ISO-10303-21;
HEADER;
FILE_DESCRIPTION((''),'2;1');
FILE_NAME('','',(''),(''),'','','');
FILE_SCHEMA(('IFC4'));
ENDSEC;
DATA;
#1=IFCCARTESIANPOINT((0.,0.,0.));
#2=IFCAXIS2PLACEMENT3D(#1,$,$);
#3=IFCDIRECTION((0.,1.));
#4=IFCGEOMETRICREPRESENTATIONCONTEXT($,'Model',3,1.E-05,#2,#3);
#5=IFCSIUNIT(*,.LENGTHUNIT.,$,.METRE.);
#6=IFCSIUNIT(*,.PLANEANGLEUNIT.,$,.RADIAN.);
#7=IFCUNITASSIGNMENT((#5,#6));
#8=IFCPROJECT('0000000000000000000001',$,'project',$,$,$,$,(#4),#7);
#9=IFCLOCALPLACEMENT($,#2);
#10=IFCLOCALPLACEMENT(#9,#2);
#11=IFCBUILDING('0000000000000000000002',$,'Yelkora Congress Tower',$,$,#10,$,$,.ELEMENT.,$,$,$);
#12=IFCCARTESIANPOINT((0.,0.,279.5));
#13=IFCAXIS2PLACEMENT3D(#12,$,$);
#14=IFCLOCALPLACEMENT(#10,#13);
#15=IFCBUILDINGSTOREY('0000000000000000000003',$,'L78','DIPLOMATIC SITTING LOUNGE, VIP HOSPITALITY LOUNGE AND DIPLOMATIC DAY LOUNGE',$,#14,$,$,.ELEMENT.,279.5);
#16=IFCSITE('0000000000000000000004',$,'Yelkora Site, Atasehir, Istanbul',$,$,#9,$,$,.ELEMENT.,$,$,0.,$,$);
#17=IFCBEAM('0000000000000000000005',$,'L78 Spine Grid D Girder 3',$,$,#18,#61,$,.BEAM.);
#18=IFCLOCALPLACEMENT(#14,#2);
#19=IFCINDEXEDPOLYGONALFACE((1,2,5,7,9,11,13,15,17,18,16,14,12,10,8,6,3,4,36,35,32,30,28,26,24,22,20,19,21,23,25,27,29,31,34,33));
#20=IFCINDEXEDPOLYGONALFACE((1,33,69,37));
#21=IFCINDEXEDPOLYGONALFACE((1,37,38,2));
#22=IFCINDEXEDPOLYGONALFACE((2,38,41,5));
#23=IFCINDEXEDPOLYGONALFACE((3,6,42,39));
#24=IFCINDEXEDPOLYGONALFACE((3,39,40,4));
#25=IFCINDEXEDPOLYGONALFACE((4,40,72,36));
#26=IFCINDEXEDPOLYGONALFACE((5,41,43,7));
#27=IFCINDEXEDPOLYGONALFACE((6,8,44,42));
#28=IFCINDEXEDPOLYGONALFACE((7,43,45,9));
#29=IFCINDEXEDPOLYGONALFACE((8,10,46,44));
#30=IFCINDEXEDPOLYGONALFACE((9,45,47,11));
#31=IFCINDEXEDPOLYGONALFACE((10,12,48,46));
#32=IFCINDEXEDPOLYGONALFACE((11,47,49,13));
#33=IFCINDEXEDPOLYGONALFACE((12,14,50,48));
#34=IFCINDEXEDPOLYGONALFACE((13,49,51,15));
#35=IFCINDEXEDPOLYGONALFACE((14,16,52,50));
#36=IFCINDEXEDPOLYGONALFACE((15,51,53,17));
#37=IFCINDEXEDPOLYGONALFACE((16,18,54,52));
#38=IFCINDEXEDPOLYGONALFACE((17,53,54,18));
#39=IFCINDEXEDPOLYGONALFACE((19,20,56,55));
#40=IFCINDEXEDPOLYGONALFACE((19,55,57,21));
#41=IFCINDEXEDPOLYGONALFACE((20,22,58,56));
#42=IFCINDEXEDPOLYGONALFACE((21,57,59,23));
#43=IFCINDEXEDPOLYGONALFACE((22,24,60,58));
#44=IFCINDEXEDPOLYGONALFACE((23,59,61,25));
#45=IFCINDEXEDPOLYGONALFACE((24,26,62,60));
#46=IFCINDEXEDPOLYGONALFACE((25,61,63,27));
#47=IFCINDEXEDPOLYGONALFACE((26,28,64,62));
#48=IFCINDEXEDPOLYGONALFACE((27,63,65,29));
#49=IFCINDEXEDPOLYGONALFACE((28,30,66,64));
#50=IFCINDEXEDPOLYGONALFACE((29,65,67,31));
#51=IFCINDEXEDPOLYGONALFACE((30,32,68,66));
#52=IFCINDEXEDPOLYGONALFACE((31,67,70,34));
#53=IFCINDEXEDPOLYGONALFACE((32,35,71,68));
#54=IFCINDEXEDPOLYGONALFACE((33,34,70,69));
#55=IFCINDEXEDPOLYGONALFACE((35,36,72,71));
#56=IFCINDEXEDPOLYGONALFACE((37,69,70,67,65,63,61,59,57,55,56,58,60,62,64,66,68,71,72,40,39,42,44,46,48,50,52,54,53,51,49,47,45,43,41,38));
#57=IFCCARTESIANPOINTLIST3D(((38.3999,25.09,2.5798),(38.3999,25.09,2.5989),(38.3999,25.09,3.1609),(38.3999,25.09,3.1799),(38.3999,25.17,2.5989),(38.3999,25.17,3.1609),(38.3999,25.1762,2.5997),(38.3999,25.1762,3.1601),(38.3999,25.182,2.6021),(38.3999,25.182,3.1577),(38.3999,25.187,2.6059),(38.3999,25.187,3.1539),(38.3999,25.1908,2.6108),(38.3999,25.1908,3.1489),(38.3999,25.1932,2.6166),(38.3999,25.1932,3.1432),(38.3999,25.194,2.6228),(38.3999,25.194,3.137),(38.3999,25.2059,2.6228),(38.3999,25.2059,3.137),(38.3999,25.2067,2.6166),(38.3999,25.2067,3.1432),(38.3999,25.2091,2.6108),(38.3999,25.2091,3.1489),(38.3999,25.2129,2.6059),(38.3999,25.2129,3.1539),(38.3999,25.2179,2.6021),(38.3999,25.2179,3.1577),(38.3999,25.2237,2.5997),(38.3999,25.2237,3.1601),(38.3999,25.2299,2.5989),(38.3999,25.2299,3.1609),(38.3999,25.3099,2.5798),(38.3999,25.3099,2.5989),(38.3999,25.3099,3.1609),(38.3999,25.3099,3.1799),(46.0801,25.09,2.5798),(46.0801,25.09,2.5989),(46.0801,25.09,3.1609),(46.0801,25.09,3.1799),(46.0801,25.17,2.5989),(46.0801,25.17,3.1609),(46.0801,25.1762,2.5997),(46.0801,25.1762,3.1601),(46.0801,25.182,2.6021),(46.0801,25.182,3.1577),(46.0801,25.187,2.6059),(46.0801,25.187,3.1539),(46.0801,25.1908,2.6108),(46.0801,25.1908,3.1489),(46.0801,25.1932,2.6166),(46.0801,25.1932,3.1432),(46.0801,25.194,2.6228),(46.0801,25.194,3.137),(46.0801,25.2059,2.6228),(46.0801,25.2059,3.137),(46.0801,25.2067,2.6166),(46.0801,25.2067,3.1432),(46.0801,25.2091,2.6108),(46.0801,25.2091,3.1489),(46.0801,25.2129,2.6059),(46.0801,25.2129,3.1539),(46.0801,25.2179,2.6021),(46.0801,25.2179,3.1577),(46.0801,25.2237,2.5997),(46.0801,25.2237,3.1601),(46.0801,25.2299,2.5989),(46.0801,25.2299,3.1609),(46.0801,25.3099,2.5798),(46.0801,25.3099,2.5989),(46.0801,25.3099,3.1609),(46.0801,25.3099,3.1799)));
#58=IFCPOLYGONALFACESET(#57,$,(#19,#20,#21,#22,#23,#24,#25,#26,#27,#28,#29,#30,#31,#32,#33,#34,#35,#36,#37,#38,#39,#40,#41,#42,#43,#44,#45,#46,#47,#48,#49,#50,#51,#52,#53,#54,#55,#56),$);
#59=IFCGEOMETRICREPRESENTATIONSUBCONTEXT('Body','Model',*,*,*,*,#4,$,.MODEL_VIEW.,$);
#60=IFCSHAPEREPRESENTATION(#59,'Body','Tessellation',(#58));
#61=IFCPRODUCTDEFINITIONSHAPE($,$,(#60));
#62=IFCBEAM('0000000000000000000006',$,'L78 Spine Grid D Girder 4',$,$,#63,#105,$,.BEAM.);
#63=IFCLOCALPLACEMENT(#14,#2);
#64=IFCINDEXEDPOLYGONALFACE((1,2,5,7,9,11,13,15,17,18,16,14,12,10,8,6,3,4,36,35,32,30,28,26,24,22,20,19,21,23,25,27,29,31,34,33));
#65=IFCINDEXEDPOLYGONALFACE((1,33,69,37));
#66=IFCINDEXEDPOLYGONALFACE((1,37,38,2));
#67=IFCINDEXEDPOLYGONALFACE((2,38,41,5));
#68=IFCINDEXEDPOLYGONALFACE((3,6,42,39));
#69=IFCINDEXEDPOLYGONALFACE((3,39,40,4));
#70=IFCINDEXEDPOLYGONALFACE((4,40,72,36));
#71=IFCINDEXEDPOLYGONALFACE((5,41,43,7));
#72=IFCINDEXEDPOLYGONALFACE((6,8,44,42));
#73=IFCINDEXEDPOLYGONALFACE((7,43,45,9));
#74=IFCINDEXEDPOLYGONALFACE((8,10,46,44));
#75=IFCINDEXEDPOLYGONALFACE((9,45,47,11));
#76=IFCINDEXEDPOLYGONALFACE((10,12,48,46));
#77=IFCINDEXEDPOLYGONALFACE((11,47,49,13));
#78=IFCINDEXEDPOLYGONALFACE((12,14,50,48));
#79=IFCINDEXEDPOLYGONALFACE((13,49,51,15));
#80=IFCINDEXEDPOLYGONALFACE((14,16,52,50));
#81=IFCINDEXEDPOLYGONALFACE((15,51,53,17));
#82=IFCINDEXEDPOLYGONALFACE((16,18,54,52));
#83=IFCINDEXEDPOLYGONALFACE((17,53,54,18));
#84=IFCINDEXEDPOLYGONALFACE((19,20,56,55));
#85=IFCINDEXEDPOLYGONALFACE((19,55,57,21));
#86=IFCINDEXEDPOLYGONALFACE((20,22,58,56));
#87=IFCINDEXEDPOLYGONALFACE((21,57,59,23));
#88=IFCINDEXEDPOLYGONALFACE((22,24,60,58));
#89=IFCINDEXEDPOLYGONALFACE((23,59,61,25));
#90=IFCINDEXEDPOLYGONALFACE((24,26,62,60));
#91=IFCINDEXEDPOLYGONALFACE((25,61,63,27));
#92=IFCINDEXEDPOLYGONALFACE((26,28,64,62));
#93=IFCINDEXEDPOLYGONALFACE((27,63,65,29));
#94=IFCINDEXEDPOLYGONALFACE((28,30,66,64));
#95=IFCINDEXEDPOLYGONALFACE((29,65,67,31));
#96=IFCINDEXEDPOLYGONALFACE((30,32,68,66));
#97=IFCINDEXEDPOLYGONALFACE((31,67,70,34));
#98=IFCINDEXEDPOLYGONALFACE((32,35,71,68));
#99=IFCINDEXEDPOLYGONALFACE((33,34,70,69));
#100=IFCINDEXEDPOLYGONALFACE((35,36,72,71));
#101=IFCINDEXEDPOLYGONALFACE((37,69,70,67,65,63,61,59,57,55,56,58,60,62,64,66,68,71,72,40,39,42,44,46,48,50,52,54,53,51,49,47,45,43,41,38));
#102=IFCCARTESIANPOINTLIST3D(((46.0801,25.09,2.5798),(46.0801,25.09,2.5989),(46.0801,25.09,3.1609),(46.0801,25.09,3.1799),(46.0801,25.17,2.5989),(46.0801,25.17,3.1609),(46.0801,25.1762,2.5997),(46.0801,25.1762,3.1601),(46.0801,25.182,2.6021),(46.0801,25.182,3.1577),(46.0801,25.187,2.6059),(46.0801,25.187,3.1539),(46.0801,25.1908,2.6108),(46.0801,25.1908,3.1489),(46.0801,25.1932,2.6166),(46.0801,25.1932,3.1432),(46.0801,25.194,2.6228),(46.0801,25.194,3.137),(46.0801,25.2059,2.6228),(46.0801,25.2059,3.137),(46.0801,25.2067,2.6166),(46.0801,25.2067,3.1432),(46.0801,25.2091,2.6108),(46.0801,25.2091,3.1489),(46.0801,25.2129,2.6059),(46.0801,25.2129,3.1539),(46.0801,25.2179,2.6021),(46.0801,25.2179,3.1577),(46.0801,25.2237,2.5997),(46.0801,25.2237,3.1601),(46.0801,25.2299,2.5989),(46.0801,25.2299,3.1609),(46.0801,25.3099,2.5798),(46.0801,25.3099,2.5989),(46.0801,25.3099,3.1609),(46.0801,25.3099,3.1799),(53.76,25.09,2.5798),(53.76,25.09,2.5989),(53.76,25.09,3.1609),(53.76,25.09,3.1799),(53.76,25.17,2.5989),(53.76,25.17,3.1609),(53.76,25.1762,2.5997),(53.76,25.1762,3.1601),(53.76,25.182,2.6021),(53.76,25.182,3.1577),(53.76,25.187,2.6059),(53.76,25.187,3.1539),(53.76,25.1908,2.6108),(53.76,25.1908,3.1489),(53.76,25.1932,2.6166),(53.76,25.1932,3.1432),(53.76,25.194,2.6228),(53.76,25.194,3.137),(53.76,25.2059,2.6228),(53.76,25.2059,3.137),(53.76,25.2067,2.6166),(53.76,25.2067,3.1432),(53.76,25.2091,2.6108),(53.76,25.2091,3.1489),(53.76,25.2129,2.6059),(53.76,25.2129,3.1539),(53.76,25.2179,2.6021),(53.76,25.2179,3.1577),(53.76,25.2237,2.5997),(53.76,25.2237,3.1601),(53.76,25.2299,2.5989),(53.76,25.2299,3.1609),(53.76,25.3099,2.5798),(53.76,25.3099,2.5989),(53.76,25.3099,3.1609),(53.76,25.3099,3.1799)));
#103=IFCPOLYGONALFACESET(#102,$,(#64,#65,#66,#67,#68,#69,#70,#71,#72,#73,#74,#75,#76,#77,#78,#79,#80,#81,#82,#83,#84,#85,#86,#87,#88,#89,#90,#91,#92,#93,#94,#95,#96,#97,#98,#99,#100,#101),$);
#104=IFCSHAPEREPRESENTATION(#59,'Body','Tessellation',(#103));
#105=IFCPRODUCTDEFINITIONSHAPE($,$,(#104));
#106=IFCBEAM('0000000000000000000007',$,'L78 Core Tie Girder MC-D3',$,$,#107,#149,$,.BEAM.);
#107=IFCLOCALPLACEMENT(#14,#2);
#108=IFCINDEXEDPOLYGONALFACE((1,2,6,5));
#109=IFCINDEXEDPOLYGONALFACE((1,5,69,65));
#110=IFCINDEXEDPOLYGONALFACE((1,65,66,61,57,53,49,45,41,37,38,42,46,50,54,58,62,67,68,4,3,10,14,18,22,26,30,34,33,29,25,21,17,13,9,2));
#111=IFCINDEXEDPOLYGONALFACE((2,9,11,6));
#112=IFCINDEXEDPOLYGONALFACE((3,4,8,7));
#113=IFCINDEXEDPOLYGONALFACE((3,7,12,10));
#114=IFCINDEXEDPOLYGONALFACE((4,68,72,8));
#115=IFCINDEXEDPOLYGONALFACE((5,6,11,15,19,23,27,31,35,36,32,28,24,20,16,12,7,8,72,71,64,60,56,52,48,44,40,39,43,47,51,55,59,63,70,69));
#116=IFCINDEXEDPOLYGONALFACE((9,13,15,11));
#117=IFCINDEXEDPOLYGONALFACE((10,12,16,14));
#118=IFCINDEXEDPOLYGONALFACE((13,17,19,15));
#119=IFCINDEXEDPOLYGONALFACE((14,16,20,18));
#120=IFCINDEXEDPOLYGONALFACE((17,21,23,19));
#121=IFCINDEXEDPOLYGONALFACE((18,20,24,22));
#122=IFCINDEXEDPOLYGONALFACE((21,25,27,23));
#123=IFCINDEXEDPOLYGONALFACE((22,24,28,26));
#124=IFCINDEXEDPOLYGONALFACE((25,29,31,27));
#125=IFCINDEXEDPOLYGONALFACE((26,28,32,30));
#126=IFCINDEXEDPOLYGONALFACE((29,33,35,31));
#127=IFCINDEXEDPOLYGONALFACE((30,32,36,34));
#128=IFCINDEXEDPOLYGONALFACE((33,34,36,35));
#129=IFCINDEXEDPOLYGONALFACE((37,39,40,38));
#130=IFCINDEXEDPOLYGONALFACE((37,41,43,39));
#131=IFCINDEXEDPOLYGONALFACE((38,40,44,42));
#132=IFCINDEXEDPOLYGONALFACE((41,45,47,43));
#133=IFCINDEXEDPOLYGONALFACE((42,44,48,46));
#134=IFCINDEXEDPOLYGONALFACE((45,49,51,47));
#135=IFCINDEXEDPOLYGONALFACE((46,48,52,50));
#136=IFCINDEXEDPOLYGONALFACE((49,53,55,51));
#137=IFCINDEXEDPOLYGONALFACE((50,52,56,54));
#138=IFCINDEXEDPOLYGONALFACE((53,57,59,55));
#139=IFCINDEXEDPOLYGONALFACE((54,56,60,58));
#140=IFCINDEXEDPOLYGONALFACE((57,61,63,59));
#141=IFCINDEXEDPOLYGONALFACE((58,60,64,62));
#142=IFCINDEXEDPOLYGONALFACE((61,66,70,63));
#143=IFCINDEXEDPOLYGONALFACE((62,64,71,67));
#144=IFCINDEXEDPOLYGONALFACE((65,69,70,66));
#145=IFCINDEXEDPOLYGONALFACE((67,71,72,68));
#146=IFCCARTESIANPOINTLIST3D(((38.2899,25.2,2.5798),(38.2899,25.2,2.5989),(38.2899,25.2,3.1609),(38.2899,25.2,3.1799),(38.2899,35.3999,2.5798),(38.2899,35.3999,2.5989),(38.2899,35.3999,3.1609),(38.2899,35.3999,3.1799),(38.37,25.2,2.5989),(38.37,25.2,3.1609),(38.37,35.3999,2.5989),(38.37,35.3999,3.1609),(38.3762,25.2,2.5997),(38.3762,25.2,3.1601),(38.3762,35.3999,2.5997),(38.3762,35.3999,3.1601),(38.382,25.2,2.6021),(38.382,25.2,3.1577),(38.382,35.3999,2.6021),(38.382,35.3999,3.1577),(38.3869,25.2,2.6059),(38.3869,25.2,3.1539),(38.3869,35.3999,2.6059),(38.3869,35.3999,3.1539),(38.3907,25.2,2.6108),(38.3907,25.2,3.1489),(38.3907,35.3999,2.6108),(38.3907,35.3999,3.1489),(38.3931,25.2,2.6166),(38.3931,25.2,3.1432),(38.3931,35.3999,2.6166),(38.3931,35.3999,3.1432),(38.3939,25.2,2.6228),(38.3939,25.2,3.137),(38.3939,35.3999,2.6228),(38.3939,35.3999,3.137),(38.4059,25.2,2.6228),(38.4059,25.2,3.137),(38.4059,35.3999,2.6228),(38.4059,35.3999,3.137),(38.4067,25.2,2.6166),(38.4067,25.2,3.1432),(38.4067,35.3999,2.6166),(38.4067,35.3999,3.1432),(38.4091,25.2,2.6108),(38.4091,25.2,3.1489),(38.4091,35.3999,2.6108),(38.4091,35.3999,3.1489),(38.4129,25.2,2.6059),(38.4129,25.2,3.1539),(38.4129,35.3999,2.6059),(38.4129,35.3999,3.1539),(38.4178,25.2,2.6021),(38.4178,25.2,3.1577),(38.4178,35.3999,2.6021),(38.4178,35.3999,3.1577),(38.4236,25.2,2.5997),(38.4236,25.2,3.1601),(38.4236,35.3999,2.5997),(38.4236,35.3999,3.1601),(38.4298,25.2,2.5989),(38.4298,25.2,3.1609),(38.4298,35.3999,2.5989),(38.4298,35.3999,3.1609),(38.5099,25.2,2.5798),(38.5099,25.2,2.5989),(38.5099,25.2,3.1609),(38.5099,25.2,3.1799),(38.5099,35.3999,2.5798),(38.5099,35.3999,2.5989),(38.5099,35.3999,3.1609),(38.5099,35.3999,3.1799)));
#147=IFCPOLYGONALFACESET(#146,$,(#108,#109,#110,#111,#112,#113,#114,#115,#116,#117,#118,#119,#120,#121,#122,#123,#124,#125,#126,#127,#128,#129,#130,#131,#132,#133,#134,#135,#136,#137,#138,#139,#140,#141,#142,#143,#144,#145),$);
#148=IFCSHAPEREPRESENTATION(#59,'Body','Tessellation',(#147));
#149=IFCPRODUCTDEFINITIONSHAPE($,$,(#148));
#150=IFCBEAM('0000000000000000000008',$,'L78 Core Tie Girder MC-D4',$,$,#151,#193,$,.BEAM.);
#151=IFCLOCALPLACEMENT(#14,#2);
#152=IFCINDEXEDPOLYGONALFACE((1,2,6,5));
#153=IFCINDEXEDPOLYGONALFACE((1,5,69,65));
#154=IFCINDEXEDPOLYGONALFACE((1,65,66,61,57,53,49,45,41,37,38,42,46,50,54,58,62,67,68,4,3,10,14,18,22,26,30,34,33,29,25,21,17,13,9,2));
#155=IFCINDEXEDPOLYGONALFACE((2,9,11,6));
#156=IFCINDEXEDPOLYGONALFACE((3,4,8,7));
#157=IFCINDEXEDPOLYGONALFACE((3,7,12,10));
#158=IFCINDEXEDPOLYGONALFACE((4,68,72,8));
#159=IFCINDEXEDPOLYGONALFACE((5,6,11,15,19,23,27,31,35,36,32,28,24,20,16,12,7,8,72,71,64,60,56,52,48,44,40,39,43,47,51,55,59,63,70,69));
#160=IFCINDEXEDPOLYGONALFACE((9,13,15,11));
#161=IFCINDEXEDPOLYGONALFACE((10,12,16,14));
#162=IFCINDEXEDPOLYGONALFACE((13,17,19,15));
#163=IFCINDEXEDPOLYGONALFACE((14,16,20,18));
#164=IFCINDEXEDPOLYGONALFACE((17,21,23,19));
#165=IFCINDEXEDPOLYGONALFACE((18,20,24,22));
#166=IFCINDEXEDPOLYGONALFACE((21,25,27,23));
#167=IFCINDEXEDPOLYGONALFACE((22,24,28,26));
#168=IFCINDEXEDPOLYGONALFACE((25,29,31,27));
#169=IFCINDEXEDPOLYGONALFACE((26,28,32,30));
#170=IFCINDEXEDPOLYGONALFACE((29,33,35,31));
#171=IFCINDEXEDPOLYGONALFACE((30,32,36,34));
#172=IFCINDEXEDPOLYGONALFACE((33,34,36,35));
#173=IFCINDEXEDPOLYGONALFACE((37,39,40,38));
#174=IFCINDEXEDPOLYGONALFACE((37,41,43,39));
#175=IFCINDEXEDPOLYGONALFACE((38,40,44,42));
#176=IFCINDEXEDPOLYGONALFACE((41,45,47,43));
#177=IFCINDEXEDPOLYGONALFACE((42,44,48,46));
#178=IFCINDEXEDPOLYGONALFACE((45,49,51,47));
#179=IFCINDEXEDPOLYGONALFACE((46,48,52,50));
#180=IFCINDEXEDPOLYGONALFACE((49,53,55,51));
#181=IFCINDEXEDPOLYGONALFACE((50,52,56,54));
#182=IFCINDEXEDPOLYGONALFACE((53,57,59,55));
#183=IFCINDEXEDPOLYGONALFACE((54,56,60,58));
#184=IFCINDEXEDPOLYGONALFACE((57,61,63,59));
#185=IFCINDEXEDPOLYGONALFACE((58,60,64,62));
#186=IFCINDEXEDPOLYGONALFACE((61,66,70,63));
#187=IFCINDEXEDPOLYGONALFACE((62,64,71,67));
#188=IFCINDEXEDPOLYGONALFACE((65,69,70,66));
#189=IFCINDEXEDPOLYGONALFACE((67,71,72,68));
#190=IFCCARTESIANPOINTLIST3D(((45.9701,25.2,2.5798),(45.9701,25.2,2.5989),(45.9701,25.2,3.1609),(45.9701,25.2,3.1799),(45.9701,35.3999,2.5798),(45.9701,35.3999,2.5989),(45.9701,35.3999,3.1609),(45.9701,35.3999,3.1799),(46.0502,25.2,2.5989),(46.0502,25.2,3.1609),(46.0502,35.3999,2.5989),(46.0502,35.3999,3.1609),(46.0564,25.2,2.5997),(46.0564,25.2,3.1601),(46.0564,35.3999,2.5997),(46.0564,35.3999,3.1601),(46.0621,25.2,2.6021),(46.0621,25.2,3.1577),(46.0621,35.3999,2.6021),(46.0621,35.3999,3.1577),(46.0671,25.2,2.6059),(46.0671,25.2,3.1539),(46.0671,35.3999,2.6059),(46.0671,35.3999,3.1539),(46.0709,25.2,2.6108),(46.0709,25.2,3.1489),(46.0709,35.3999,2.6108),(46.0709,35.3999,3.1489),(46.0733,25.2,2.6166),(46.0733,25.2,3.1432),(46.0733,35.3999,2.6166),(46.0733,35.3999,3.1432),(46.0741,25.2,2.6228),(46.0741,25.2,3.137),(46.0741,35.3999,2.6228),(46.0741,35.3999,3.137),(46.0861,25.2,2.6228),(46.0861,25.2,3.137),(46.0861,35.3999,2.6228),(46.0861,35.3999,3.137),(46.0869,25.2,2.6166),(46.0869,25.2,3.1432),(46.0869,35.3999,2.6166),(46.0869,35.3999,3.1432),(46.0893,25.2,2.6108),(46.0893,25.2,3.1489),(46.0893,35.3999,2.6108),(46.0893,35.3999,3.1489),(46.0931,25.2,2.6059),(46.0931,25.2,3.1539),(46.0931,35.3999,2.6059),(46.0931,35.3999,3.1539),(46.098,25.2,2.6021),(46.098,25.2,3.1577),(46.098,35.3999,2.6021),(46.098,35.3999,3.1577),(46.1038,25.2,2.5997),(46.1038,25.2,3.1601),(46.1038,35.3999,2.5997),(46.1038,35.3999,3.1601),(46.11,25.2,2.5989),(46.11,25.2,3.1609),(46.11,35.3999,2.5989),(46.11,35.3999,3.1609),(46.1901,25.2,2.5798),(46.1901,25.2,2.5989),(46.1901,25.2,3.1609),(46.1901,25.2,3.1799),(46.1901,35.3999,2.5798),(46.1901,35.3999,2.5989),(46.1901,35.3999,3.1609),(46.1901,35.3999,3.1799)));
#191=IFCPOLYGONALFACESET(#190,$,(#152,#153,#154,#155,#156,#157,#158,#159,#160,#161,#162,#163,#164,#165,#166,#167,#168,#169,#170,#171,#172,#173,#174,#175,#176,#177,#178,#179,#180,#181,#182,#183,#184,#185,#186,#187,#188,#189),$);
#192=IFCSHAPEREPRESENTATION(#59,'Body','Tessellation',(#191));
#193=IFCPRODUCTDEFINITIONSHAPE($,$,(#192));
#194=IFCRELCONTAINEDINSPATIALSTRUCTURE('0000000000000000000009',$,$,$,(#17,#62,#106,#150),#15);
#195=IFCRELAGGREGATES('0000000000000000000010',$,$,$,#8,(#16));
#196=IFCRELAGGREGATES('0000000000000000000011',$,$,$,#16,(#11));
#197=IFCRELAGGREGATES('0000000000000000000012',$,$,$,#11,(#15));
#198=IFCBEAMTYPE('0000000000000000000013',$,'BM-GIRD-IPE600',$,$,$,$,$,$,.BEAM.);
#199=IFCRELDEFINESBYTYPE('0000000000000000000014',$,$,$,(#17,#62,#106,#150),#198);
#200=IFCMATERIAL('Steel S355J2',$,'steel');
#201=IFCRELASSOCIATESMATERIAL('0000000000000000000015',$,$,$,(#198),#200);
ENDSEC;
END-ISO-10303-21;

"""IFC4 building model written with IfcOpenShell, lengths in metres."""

from ifc_helpers import new_model, si_unit, direction, frame, origin, origin_2d, place, context, subcontext, project, spatial, i_section, extrude, material, material_profile, profile_set, type_object, element, save


model = new_model("IFC4")

# Units and contexts
model_context = context("Model", 3, precision=1e-05, world=origin(), true_north=direction((0.0, 1.0)))
body_context = subcontext(model_context, "Body", "Model", "MODEL_VIEW")
ifc_project = project(units=[si_unit("LENGTHUNIT", "METRE"), si_unit("PLANEANGLEUNIT", "RADIAN")], contexts=[model_context])

# Site, building, storey
site_placement = place(None, origin())
site = spatial("IfcSite", under=ifc_project, at=site_placement, Name="Yelkora Site, Atasehir, Istanbul", CompositionType="ELEMENT", RefElevation=0.0)
building_placement = place(site_placement, origin())
building = spatial("IfcBuilding", under=site, at=building_placement, Name="Yelkora Congress Tower", CompositionType="ELEMENT")
storey_placement = place(building_placement, frame((0.0, 0.0, 279.5)))
storey = spatial("IfcBuildingStorey", under=building, at=storey_placement, Name="L78", Description="DIPLOMATIC SITTING LOUNGE, VIP HOSPITALITY LOUNGE AND DIPLOMATIC DAY LOUNGE", CompositionType="ELEMENT", Elevation=279.5)

# Shared definitions
ifc_material_1 = material(Name="Steel S355J2", Category="steel")

# Beams
ifc_material_profile_1 = material_profile(ifc_material_1, i_section(OverallWidth=0.22, OverallDepth=0.6001, WebThickness=0.012, FlangeThickness=0.019, FilletRadius=0.0239, at=origin_2d()), Name="IPE 600")
ifc_profile_set_1 = profile_set([ifc_material_profile_1], Name="Steel S355J2")
beam_type_1 = type_object("IfcBeamType", Name="BM-GIRD-IPE600", PredefinedType="BEAM", material=ifc_profile_set_1)
beam_1_placement = place(storey_placement, frame((38.3999, 25.2, 2.8799), z_axis=(1.0, 0.0, 0.0), x_axis=(0.0, 1.0, 0.0)))
element("IfcBeam", 1, at=beam_1_placement, inside=storey, type_object=beam_type_1, Name="L78 Spine Grid D Girder 3", PredefinedType="BEAM", context=body_context, shape_type="SweptSolid", body=[
    extrude(i_section(OverallWidth=0.22, OverallDepth=0.6001, WebThickness=0.012, FlangeThickness=0.019, FilletRadius=0.0239, at=origin_2d()), origin(), (0.0, 0.0, 1.0), 7.6802),
])
beam_2_placement = place(storey_placement, frame((46.0801, 25.2, 2.8799), z_axis=(1.0, 0.0, 0.0), x_axis=(0.0, 1.0, 0.0)))
element("IfcBeam", 2, at=beam_2_placement, inside=storey, type_object=beam_type_1, Name="L78 Spine Grid D Girder 4", PredefinedType="BEAM", context=body_context, shape_type="SweptSolid", body=[
    extrude(i_section(OverallWidth=0.22, OverallDepth=0.6001, WebThickness=0.012, FlangeThickness=0.019, FilletRadius=0.0239, at=origin_2d()), origin(), (0.0, 0.0, 1.0), 7.6799),
])
for number, where, z_axis, x_axis, name in (
    (3, (38.3999, 25.2, 2.8799), (0.0, 1.0, 0.0), (-1.0, 0.0, 0.0), "L78 Core Tie Girder MC-D3"),
    (4, (46.0801, 25.2, 2.8799), (0.0, 1.0, 0.0), (-1.0, 0.0, 0.0), "L78 Core Tie Girder MC-D4"),
):
    element("IfcBeam", number, at=place(storey_placement, frame(where, z_axis=z_axis, x_axis=x_axis)), inside=storey, type_object=beam_type_1, Name=name, PredefinedType="BEAM", context=body_context, shape_type="SweptSolid", body=[
        extrude(i_section(OverallWidth=0.22, OverallDepth=0.6001, WebThickness=0.012, FlangeThickness=0.019, FilletRadius=0.0239, at=origin_2d()), origin(), (0.0, 0.0, 1.0), 10.2),
    ])

save(model, "model.ifc")
